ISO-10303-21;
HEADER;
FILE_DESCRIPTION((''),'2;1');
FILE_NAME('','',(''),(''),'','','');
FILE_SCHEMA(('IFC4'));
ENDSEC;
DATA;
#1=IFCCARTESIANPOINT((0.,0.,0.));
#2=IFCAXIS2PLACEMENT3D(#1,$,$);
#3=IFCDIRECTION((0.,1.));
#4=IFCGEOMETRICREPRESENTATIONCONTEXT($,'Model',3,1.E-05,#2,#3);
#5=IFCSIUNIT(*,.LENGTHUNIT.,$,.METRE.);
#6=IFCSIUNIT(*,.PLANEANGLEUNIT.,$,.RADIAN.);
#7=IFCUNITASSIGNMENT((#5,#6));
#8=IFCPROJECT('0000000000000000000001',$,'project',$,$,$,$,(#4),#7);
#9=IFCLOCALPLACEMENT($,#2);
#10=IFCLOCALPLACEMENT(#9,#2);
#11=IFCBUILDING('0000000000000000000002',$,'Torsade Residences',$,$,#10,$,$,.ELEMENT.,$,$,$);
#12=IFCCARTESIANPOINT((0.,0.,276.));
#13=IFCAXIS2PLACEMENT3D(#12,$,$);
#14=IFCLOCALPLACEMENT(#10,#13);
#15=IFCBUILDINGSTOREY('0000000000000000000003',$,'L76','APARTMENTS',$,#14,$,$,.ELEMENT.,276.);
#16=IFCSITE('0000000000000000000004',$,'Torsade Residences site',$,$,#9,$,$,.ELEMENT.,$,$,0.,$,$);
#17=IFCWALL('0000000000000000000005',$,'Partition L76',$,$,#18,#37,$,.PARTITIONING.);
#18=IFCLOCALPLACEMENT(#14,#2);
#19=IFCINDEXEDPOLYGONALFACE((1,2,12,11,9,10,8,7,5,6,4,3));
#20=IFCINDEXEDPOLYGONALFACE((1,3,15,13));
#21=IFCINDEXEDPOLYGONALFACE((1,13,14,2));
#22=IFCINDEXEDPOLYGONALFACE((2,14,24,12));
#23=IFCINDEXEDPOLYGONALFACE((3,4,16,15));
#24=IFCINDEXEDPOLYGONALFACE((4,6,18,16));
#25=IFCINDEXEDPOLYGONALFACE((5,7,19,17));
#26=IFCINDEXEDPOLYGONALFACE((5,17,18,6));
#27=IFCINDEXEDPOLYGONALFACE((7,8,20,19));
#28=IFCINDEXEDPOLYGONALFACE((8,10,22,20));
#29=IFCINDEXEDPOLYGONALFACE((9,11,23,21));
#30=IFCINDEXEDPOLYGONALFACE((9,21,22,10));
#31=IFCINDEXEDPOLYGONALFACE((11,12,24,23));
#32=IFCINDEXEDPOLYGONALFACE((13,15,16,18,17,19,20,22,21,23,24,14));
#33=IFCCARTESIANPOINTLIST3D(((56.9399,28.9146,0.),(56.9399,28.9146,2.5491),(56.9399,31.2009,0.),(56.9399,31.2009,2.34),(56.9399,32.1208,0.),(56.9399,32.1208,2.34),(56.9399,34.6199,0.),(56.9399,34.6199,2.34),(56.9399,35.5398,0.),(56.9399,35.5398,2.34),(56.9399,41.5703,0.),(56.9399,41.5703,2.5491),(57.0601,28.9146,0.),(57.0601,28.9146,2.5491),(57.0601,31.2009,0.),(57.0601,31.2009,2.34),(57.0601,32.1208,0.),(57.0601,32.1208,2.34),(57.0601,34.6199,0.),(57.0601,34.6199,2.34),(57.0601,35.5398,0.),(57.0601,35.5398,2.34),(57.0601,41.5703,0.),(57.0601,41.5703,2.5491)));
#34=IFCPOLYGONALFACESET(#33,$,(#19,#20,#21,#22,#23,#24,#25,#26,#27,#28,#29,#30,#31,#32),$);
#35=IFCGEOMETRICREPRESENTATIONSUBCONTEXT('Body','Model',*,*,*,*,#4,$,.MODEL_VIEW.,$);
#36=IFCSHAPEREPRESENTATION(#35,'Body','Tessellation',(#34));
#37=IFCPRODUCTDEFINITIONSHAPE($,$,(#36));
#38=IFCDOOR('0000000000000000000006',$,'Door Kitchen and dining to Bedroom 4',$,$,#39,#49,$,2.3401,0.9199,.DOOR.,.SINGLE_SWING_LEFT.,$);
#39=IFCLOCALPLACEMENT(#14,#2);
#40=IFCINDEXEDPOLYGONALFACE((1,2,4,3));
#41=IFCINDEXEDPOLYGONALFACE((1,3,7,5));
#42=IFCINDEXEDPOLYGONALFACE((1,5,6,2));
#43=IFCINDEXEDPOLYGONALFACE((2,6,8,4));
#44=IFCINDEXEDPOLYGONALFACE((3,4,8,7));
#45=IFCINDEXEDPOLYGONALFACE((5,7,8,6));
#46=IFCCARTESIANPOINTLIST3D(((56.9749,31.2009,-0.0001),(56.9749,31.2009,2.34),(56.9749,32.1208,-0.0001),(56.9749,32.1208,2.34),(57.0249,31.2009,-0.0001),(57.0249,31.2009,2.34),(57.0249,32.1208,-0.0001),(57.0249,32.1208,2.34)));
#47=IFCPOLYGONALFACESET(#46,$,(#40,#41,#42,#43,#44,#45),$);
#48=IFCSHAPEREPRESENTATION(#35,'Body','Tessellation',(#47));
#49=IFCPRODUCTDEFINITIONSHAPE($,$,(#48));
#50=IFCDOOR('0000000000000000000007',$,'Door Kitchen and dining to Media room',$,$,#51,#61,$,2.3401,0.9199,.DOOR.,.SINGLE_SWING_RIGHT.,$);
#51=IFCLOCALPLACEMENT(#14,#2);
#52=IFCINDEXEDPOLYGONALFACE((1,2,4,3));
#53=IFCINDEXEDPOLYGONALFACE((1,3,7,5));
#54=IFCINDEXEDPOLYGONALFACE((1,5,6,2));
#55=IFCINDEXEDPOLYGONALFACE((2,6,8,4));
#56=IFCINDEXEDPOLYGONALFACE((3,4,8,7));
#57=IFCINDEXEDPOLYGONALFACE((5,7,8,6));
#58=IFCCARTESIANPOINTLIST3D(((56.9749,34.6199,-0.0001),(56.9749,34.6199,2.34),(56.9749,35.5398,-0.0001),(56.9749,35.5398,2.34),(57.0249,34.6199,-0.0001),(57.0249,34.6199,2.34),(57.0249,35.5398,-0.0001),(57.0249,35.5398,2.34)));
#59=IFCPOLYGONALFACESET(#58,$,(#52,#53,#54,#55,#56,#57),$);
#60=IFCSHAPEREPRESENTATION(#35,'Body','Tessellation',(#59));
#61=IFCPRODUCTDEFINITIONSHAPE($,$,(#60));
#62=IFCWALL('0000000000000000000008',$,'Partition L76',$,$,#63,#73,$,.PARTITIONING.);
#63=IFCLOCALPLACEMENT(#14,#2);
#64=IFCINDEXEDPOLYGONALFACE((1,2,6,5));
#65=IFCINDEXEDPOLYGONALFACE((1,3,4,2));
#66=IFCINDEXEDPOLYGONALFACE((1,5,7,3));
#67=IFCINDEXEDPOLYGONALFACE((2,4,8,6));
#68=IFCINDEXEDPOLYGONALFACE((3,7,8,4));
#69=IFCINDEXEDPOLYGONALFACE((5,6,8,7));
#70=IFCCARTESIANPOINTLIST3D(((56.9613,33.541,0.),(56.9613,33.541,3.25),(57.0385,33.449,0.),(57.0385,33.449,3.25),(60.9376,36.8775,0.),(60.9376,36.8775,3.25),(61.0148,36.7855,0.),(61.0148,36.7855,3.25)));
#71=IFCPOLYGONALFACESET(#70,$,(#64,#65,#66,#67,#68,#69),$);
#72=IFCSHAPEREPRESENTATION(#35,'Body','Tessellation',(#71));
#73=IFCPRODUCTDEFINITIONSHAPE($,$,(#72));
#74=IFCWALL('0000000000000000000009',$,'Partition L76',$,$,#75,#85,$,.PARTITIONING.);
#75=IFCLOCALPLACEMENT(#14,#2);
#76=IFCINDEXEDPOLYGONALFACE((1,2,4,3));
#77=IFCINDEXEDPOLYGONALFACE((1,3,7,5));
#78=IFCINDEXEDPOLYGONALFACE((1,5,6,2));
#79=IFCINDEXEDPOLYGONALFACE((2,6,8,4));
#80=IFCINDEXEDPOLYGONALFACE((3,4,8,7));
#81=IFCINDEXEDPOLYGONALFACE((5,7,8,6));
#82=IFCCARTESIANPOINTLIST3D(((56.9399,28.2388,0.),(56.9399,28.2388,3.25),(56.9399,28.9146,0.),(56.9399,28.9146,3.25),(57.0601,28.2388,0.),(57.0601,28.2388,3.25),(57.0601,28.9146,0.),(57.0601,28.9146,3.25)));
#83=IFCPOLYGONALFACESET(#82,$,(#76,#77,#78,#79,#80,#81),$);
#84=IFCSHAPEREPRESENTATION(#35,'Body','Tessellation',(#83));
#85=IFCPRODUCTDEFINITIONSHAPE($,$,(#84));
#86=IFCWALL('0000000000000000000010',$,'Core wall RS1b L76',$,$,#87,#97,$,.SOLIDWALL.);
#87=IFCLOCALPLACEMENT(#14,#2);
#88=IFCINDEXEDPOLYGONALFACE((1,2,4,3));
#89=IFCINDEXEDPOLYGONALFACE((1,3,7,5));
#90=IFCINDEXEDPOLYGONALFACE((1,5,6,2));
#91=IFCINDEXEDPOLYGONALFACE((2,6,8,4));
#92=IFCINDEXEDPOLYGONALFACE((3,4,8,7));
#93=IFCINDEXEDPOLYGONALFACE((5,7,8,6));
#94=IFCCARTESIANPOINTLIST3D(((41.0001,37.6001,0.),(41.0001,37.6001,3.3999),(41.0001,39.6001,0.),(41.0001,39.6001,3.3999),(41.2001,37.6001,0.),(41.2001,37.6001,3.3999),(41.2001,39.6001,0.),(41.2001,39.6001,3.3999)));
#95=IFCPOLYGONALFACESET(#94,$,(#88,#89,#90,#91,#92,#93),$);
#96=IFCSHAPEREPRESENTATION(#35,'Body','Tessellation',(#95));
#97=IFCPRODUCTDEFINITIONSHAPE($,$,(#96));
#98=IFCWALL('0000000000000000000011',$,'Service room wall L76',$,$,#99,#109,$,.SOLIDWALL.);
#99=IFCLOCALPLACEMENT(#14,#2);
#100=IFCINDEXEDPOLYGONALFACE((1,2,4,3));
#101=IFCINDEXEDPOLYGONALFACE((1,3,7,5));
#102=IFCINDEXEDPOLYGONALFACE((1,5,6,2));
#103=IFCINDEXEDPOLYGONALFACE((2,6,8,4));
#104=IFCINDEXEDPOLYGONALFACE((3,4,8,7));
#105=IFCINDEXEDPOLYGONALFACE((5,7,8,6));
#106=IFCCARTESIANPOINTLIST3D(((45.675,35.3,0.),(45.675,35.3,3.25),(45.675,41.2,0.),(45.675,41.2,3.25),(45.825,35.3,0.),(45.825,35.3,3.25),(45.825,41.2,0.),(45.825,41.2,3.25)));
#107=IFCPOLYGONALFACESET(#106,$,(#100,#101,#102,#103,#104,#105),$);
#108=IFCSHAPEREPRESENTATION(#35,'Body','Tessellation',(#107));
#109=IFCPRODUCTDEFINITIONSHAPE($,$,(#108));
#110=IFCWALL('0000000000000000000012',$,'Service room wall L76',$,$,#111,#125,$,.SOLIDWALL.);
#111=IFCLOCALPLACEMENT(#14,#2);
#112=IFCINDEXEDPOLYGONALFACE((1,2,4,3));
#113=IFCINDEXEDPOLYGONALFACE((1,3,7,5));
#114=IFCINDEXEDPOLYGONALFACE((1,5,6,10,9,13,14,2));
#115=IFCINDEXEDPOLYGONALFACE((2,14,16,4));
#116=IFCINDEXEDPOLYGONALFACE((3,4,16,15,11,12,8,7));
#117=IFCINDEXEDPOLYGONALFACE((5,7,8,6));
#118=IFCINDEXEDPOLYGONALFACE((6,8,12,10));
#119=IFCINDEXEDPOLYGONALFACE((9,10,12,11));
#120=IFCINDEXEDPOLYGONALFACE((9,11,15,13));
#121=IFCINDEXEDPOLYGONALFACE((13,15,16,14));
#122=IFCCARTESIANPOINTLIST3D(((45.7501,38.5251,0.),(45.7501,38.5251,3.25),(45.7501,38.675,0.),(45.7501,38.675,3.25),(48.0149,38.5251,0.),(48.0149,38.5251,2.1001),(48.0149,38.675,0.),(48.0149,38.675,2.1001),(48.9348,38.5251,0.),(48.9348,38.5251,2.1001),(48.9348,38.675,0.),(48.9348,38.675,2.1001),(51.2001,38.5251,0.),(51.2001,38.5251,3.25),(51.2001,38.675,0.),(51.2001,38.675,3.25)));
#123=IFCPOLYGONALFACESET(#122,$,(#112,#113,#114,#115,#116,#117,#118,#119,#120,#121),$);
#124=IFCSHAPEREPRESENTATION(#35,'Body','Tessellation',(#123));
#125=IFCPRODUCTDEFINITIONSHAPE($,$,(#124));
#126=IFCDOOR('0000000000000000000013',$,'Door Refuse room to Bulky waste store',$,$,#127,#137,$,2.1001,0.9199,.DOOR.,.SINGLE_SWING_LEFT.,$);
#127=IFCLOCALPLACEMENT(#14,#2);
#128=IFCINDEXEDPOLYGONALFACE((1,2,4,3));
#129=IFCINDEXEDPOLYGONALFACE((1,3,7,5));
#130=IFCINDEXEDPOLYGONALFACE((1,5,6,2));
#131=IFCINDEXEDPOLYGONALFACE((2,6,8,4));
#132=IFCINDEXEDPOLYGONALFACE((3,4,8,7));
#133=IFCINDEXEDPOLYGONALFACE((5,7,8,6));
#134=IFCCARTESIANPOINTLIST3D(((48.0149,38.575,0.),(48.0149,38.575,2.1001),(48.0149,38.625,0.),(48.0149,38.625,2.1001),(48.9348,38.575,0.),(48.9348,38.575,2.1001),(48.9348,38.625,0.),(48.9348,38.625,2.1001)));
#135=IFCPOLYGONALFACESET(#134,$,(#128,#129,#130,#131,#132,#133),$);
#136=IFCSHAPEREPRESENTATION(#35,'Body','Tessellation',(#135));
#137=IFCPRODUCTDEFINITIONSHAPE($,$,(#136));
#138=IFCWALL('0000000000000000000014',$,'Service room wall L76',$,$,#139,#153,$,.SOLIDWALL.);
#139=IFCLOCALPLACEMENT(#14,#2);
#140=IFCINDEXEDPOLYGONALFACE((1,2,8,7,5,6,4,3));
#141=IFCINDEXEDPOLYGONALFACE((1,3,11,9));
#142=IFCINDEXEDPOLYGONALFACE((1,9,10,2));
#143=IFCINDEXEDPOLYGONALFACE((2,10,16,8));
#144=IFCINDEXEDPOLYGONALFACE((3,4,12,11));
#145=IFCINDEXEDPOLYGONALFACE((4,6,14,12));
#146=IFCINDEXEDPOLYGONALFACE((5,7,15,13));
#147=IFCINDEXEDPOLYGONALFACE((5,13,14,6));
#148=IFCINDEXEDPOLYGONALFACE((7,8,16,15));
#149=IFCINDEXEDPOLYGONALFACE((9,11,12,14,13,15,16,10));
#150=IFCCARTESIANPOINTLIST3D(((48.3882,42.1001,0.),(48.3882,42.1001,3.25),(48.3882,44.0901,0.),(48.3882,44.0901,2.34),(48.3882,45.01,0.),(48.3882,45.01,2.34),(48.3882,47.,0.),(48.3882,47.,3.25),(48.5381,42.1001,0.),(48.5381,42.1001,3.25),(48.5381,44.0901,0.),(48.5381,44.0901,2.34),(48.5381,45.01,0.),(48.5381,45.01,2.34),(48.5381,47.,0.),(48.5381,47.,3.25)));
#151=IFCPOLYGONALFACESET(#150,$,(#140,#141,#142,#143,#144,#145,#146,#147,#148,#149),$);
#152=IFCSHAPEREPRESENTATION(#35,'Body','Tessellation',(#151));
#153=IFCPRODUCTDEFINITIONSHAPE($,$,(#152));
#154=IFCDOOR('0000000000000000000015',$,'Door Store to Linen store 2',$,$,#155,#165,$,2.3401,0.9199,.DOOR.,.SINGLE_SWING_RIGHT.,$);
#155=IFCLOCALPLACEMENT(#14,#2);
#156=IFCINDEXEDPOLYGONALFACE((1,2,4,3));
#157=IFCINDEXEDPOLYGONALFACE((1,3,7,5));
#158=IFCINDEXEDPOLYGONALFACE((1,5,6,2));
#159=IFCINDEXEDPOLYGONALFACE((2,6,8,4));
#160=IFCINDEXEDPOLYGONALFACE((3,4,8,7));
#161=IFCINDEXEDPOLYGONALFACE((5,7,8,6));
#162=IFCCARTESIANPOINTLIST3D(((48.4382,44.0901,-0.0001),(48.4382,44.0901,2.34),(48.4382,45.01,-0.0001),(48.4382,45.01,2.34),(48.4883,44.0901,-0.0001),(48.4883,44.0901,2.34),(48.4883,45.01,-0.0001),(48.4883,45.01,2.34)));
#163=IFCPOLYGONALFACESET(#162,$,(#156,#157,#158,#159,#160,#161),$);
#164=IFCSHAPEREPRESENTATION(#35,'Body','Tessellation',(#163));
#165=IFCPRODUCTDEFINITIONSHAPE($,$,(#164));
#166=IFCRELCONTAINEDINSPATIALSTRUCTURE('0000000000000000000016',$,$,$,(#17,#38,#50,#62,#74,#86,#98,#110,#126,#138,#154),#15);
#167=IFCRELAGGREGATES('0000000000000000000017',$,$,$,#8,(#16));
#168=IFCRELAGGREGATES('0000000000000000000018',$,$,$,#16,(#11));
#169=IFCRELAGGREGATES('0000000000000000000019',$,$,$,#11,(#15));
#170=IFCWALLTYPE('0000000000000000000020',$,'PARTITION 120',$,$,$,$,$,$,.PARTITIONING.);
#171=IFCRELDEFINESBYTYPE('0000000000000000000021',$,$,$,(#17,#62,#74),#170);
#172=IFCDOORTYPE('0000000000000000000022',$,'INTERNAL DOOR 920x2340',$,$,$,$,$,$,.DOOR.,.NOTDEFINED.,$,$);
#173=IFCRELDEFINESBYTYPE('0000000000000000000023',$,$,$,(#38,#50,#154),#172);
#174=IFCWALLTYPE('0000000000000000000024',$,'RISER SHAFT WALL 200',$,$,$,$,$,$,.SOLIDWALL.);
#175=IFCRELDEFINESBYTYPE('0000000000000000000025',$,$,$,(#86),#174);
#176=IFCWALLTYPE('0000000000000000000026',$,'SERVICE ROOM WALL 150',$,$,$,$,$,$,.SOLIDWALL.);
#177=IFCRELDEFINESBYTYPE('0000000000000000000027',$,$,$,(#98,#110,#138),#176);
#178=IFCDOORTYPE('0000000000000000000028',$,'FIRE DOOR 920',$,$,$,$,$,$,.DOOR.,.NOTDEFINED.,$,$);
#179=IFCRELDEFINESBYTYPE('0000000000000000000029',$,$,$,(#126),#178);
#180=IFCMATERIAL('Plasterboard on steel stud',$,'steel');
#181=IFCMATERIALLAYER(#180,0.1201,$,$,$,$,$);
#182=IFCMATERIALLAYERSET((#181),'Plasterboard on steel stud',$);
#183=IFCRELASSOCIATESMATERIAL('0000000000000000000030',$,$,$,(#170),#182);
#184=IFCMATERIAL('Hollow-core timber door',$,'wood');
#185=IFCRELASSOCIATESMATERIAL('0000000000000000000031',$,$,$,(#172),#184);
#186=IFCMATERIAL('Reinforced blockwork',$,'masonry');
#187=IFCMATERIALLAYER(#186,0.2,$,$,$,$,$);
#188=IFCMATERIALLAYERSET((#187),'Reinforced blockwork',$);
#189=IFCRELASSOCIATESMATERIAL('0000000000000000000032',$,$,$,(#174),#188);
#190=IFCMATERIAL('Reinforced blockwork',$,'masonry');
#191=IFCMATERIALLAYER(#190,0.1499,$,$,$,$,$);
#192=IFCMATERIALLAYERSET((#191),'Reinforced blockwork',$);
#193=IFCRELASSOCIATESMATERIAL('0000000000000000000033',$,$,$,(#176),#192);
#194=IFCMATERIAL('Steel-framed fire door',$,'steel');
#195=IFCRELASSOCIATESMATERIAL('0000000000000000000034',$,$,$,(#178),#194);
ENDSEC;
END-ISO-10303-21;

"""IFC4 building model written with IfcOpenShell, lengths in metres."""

from ifc_helpers import new_model, si_unit, direction, frame, frame_2d, origin, place, context, subcontext, project, spatial, rectangle, extrude, material, layer, layer_set, type_object, element, fill, save


model = new_model("IFC4")

# Units and contexts
model_context = context("Model", 3, precision=1e-05, world=origin(), true_north=direction((0.0, 1.0)))
body_context = subcontext(model_context, "Body", "Model", "MODEL_VIEW")
ifc_project = project(units=[si_unit("LENGTHUNIT", "METRE"), si_unit("PLANEANGLEUNIT", "RADIAN")], contexts=[model_context])

# Site, building, storey
site_placement = place(None, origin())
site = spatial("IfcSite", under=ifc_project, at=site_placement, Name="Torsade Residences site", CompositionType="ELEMENT", RefElevation=0.0)
building_placement = place(site_placement, origin())
building = spatial("IfcBuilding", under=site, at=building_placement, Name="Torsade Residences", CompositionType="ELEMENT")
storey_placement = place(building_placement, frame((0.0, 0.0, 276.0)))
storey = spatial("IfcBuildingStorey", under=building, at=storey_placement, Name="L76", Description="APARTMENTS", CompositionType="ELEMENT", Elevation=276.0)

# Shared definitions
ifc_material_1 = material(Name="Plasterboard on steel stud", Category="steel")
ifc_layer_1 = layer(ifc_material_1, 0.1201)
ifc_layer_set_1 = layer_set([ifc_layer_1], Name="Plasterboard on steel stud")
wall_type_1 = type_object("IfcWallType", Name="PARTITION 120", PredefinedType="PARTITIONING", material=ifc_layer_set_1)
ifc_material_2 = material(Name="Hollow-core timber door", Category="wood")
door_type_1 = type_object("IfcDoorType", Name="INTERNAL DOOR 920x2340", OperationType="NOTDEFINED", PredefinedType="DOOR", material=ifc_material_2)

# Wall, openings, doors
wall_1_placement = place(storey_placement, frame((57.0, 41.5703, 0.0), z_axis=(0.0, 0.0, 1.0), x_axis=(0.0, -1.0, 0.0)))
wall_1 = element("IfcWall", 1, at=wall_1_placement, inside=storey, type_object=wall_type_1, Name="Partition L76", PredefinedType="PARTITIONING", context=body_context, shape_type="SweptSolid", body=[
    extrude(rectangle(XDim=12.6558, YDim=0.1201, at=frame_2d((6.3279, 0.0))), origin(), (0.0, 0.0, 1.0), 2.5491),
])
opening_1_placement = place(wall_1_placement, frame((9.4495, 0.0, 0.0)))
opening_1 = element("IfcOpeningElement", 2, at=opening_1_placement, cuts=wall_1, PredefinedType="OPENING", context=body_context, shape_type="SweptSolid", body=[
    extrude(rectangle(XDim=0.9199, YDim=2.3401, at=frame_2d((0.46, 1.1699))), frame((0.0, 0.0701, 0.0), z_axis=(0.0, -1.0, 0.0), x_axis=(1.0, 0.0, 0.0)), (0.0, 0.0, 1.0), 0.1401),
])
opening_2_placement = place(wall_1_placement, frame((6.0305, 0.0, 0.0)))
opening_2 = element("IfcOpeningElement", 3, at=opening_2_placement, cuts=wall_1, PredefinedType="OPENING", context=body_context, shape_type="SweptSolid", body=[
    extrude(rectangle(XDim=0.9199, YDim=2.3401, at=frame_2d((0.46, 1.1699))), frame((0.0, 0.0701, 0.0), z_axis=(0.0, -1.0, 0.0), x_axis=(1.0, 0.0, 0.0)), (0.0, 0.0, 1.0), 0.1401),
])
door_1_placement = place(opening_1_placement, origin())
door_1 = element("IfcDoor", 4, at=door_1_placement, inside=storey, type_object=door_type_1, Name="Door Kitchen and dining to Bedroom 4", OperationType="SINGLE_SWING_LEFT", OverallHeight=2.3401, OverallWidth=0.9199, PredefinedType="DOOR", context=body_context, shape_type="SweptSolid", body=[
    extrude(rectangle(XDim=0.9199, YDim=2.3401, at=frame_2d((0.46, 1.1699))), frame((0.0, 0.0249, 0.0), z_axis=(0.0, -1.0, 0.0), x_axis=(1.0, 0.0, 0.0)), (0.0, 0.0, 1.0), 0.05),
])
fill(opening_1, door_1)
door_2_placement = place(opening_2_placement, origin())
door_2 = element("IfcDoor", 5, at=door_2_placement, inside=storey, type_object=door_type_1, Name="Door Kitchen and dining to Media room", OperationType="SINGLE_SWING_RIGHT", OverallHeight=2.3401, OverallWidth=0.9199, PredefinedType="DOOR", context=body_context, shape_type="SweptSolid", body=[
    extrude(rectangle(XDim=0.9199, YDim=2.3401, at=frame_2d((0.46, 1.1699))), frame((0.0, 0.0249, 0.0), z_axis=(0.0, -1.0, 0.0), x_axis=(1.0, 0.0, 0.0)), (0.0, 0.0, 1.0), 0.05),
])
fill(opening_2, door_2)

# Walls
wall_2_placement = place(storey_placement, frame((57.0, 33.4951, 0.0), z_axis=(0.0, 0.0, 1.0), x_axis=(0.766054, 0.642776, 0.0)))
element("IfcWall", 6, at=wall_2_placement, inside=storey, type_object=wall_type_1, Name="Partition L76", PredefinedType="PARTITIONING", context=body_context, shape_type="SweptSolid", body=[
    extrude(rectangle(XDim=5.1907, YDim=0.1201, at=frame_2d((2.5952, 0.0))), origin(), (0.0, 0.0, 1.0), 3.25),
])
wall_3_placement = place(storey_placement, frame((57.0, 28.9146, 0.0), z_axis=(0.0, 0.0, 1.0), x_axis=(0.0, -1.0, 0.0)))
element("IfcWall", 7, at=wall_3_placement, inside=storey, type_object=wall_type_1, Name="Partition L76", PredefinedType="PARTITIONING", context=body_context, shape_type="SweptSolid", body=[
    extrude(rectangle(XDim=0.6758, YDim=0.1201, at=frame_2d((0.3379, 0.0))), origin(), (0.0, 0.0, 1.0), 3.25),
])
ifc_material_3 = material(Name="Reinforced blockwork", Category="masonry")
ifc_layer_2 = layer(ifc_material_3, 0.2)
ifc_layer_set_2 = layer_set([ifc_layer_2], Name="Reinforced blockwork")
wall_type_2 = type_object("IfcWallType", Name="RISER SHAFT WALL 200", PredefinedType="SOLIDWALL", material=ifc_layer_set_2)
wall_4_placement = place(storey_placement, frame((41.1001, 37.6001, 0.0), z_axis=(0.0, 0.0, 1.0), x_axis=(0.0, 1.0, 0.0)))
element("IfcWall", 8, at=wall_4_placement, inside=storey, type_object=wall_type_2, Name="Core wall RS1b L76", PredefinedType="SOLIDWALL", context=body_context, shape_type="SweptSolid", body=[
    extrude(rectangle(XDim=2.0, YDim=0.2, at=frame_2d((1.0, 0.0))), origin(), (0.0, 0.0, 1.0), 3.3999),
])
ifc_material_4 = material(Name="Reinforced blockwork", Category="masonry")
ifc_layer_3 = layer(ifc_material_4, 0.1499)
ifc_layer_set_3 = layer_set([ifc_layer_3], Name="Reinforced blockwork")
wall_type_3 = type_object("IfcWallType", Name="SERVICE ROOM WALL 150", PredefinedType="SOLIDWALL", material=ifc_layer_set_3)
wall_5_placement = place(storey_placement, frame((45.75, 41.2, 0.0), z_axis=(0.0, 0.0, 1.0), x_axis=(0.0, -1.0, 0.0)))
element("IfcWall", 9, at=wall_5_placement, inside=storey, type_object=wall_type_3, Name="Service room wall L76", PredefinedType="SOLIDWALL", context=body_context, shape_type="SweptSolid", body=[
    extrude(rectangle(XDim=5.8999, YDim=0.1499, at=frame_2d((2.95, 0.0))), origin(), (0.0, 0.0, 1.0), 3.25),
])

# Walls, openings, doors
wall_6_placement = place(storey_placement, frame((45.75, 38.6001, 0.0), z_axis=(0.0, 0.0, 1.0), x_axis=(1.0, 0.0, 0.0)))
wall_6 = element("IfcWall", 10, at=wall_6_placement, inside=storey, type_object=wall_type_3, Name="Service room wall L76", PredefinedType="SOLIDWALL", context=body_context, shape_type="SweptSolid", body=[
    extrude(rectangle(XDim=5.45, YDim=0.1499, at=frame_2d((2.7251, 0.0))), origin(), (0.0, 0.0, 1.0), 3.25),
])
opening_3_placement = place(wall_6_placement, frame((2.2649, 0.0, 0.0)))
opening_3 = element("IfcOpeningElement", 11, at=opening_3_placement, cuts=wall_6, PredefinedType="OPENING", context=body_context, shape_type="SweptSolid", body=[
    extrude(rectangle(XDim=0.9199, YDim=2.1001, at=frame_2d((0.46, 1.05))), frame((0.0, 0.085, 0.0), z_axis=(0.0, -1.0, 0.0), x_axis=(1.0, 0.0, 0.0)), (0.0, 0.0, 1.0), 0.1699),
])
ifc_material_5 = material(Name="Steel-framed fire door", Category="steel")
door_type_2 = type_object("IfcDoorType", Name="FIRE DOOR 920", OperationType="NOTDEFINED", PredefinedType="DOOR", material=ifc_material_5)
door_3_placement = place(opening_3_placement, origin())
door_3 = element("IfcDoor", 12, at=door_3_placement, inside=storey, type_object=door_type_2, Name="Door Refuse room to Bulky waste store", OperationType="SINGLE_SWING_LEFT", OverallHeight=2.1001, OverallWidth=0.9199, PredefinedType="DOOR", context=body_context, shape_type="SweptSolid", body=[
    extrude(rectangle(XDim=0.9199, YDim=2.1001, at=frame_2d((0.46, 1.05))), frame((0.0, 0.0249, 0.0), z_axis=(0.0, -1.0, 0.0), x_axis=(1.0, 0.0, 0.0)), (0.0, 0.0, 1.0), 0.05),
])
fill(opening_3, door_3)
wall_7_placement = place(storey_placement, frame((48.4631, 42.1001, 0.0), z_axis=(0.0, 0.0, 1.0), x_axis=(0.0, 1.0, 0.0)))
wall_7 = element("IfcWall", 13, at=wall_7_placement, inside=storey, type_object=wall_type_3, Name="Service room wall L76", PredefinedType="SOLIDWALL", context=body_context, shape_type="SweptSolid", body=[
    extrude(rectangle(XDim=4.8999, YDim=0.1499, at=frame_2d((2.45, 0.0))), origin(), (0.0, 0.0, 1.0), 3.25),
])
opening_4_placement = place(wall_7_placement, frame((1.99, 0.0, 0.0)))
opening_4 = element("IfcOpeningElement", 14, at=opening_4_placement, cuts=wall_7, PredefinedType="OPENING", context=body_context, shape_type="SweptSolid", body=[
    extrude(rectangle(XDim=0.9199, YDim=2.3401, at=frame_2d((0.46, 1.1699))), frame((0.0, 0.085, 0.0), z_axis=(0.0, -1.0, 0.0), x_axis=(1.0, 0.0, 0.0)), (0.0, 0.0, 1.0), 0.1699),
])
door_4_placement = place(opening_4_placement, origin())
door_4 = element("IfcDoor", 15, at=door_4_placement, inside=storey, type_object=door_type_1, Name="Door Store to Linen store 2", OperationType="SINGLE_SWING_RIGHT", OverallHeight=2.3401, OverallWidth=0.9199, PredefinedType="DOOR", context=body_context, shape_type="SweptSolid", body=[
    extrude(rectangle(XDim=0.9199, YDim=2.3401, at=frame_2d((0.46, 1.1699))), frame((0.0, 0.0249, 0.0), z_axis=(0.0, -1.0, 0.0), x_axis=(1.0, 0.0, 0.0)), (0.0, 0.0, 1.0), 0.05),
])
fill(opening_4, door_4)

save(model, "model.ifc")
